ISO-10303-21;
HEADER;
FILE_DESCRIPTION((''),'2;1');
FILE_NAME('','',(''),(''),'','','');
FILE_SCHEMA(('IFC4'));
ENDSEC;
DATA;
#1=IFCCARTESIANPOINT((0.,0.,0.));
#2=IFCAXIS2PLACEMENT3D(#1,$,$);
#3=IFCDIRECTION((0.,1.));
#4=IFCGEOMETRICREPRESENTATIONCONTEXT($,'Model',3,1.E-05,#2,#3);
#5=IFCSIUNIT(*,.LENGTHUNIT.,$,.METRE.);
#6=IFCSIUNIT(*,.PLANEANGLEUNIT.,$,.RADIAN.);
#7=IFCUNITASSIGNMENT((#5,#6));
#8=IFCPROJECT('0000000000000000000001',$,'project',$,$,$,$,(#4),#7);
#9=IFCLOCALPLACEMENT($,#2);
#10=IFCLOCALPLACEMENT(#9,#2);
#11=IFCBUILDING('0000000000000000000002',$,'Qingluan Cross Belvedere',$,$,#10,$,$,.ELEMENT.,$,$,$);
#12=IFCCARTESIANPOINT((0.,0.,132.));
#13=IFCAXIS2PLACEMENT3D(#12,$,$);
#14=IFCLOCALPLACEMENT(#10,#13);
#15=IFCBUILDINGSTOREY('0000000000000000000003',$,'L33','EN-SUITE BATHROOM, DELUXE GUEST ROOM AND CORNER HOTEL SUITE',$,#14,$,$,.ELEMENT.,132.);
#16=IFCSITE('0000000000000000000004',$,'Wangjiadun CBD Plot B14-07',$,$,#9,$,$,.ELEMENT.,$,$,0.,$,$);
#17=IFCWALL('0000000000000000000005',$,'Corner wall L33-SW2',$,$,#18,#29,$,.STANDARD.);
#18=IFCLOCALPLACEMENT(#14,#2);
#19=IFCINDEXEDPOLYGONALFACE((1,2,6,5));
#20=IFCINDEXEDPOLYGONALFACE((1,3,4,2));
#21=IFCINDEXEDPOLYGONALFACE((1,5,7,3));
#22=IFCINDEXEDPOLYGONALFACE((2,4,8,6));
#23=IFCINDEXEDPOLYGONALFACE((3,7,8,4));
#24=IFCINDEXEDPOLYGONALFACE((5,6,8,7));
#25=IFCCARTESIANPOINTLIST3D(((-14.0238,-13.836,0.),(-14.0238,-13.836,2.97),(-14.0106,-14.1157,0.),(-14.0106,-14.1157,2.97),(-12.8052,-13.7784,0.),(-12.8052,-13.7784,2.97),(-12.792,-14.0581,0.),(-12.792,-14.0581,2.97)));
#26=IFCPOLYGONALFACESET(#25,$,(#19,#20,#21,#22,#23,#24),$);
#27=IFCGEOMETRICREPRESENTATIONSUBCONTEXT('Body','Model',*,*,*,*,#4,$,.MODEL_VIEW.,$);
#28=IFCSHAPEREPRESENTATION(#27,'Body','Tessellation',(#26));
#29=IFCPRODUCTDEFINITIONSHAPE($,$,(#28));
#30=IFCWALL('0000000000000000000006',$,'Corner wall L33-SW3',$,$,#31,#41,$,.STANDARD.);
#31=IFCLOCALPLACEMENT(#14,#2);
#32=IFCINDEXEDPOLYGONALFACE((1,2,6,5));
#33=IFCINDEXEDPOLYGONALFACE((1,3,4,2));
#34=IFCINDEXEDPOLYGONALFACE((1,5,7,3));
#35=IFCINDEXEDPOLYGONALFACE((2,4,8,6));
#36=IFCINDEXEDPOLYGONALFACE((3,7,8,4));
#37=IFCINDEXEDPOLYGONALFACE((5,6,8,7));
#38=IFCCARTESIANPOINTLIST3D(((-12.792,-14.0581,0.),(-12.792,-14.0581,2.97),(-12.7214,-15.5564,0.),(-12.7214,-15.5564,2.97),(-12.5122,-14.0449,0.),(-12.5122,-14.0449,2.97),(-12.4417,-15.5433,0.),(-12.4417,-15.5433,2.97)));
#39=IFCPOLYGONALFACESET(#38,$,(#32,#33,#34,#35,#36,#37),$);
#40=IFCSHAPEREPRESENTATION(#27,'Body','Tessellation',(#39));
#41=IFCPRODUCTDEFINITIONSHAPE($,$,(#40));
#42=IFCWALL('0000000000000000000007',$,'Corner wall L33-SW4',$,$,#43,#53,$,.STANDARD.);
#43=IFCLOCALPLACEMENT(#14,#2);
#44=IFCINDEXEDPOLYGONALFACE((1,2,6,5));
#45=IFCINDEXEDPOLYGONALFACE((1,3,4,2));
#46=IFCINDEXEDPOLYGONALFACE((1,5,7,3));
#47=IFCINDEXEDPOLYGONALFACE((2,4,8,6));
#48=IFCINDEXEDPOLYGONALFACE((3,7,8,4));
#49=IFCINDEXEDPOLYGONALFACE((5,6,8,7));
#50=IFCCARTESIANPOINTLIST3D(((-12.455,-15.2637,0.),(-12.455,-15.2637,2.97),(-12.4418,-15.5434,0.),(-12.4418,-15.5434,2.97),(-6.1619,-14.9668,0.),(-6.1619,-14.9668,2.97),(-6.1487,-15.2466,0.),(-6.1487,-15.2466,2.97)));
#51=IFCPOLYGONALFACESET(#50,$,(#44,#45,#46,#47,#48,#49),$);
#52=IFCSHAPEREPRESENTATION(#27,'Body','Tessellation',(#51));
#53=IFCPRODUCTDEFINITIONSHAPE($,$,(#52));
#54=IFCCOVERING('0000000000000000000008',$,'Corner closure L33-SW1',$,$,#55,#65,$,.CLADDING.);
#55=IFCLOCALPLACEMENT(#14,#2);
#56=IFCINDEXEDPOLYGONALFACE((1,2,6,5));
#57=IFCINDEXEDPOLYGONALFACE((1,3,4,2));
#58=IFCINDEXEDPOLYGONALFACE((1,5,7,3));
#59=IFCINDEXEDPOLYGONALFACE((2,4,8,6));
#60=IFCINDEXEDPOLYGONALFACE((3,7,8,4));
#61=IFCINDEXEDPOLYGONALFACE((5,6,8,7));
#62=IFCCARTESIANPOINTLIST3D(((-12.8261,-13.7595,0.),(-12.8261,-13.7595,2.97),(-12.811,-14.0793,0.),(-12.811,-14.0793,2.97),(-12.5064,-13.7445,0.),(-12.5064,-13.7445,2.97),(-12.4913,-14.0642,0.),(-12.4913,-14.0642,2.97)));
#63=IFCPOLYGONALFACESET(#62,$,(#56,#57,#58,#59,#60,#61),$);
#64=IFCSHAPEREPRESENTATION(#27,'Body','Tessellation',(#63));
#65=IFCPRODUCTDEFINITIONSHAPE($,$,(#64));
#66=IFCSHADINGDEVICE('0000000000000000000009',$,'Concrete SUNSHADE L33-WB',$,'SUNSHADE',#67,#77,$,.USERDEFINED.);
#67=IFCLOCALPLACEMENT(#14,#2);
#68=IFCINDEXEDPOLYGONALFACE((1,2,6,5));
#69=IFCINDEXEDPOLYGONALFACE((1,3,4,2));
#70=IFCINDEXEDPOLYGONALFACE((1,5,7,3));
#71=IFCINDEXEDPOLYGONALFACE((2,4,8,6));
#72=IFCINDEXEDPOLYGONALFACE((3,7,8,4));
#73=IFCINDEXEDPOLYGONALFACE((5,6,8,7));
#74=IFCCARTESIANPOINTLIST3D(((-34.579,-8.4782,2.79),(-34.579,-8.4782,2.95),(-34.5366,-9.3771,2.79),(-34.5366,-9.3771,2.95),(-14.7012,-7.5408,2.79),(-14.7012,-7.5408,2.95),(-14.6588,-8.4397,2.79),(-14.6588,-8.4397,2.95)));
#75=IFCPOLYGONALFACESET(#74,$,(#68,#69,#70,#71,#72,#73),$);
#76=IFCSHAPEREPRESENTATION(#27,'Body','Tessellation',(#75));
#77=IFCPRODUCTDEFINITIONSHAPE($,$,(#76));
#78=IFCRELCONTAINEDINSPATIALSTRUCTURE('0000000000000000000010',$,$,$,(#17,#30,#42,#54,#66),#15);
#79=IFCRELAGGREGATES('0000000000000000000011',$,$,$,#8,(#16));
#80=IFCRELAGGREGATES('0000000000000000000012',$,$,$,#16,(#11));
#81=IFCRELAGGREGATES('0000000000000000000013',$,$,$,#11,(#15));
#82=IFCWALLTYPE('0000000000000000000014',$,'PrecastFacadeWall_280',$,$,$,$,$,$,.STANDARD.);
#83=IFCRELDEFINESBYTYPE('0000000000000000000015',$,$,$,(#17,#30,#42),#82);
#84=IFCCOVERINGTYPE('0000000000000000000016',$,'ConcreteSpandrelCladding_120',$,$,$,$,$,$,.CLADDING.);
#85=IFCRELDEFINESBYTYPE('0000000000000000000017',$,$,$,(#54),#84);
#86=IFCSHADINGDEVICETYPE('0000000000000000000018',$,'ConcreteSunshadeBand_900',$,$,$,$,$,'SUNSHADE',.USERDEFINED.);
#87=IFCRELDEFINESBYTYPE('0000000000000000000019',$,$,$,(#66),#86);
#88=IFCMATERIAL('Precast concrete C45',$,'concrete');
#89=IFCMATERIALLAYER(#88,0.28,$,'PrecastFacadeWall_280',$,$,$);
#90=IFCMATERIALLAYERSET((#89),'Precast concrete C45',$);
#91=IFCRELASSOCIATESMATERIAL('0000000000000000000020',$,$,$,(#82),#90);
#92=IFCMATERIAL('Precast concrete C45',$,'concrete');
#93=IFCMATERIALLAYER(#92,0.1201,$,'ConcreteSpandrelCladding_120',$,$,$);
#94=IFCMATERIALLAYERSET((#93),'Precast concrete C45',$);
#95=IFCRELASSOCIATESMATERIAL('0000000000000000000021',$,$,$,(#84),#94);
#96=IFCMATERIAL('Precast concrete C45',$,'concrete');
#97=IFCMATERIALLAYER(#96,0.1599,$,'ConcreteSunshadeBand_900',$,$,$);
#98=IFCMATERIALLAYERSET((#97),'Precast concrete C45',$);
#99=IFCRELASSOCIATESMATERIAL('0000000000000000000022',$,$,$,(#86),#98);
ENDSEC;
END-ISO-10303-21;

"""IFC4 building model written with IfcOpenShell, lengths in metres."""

from ifc_helpers import new_model, si_unit, direction, frame, frame_2d, origin, origin_2d, place, context, subcontext, project, spatial, rectangle, extrude, material, layer, layer_set, type_object, element, save


model = new_model("IFC4")

# Units and contexts
model_context = context("Model", 3, precision=1e-05, world=origin(), true_north=direction((0.0, 1.0)))
body_context = subcontext(model_context, "Body", "Model", "MODEL_VIEW")
ifc_project = project(units=[si_unit("LENGTHUNIT", "METRE"), si_unit("PLANEANGLEUNIT", "RADIAN")], contexts=[model_context])

# Site, building, storey
site_placement = place(None, origin())
site = spatial("IfcSite", under=ifc_project, at=site_placement, Name="Wangjiadun CBD Plot B14-07", CompositionType="ELEMENT", RefElevation=0.0)
building_placement = place(site_placement, origin())
building = spatial("IfcBuilding", under=site, at=building_placement, Name="Qingluan Cross Belvedere", CompositionType="ELEMENT")
storey_placement = place(building_placement, frame((0.0, 0.0, 132.0)))
storey = spatial("IfcBuildingStorey", under=building, at=storey_placement, Name="L33", Description="EN-SUITE BATHROOM, DELUXE GUEST ROOM AND CORNER HOTEL SUITE", CompositionType="ELEMENT", Elevation=132.0)

# Shared definitions
ifc_material_1 = material(Name="Precast concrete C45", Category="concrete")
ifc_layer_1 = layer(ifc_material_1, 0.28, Name="PrecastFacadeWall_280")
ifc_layer_set_1 = layer_set([ifc_layer_1], Name="Precast concrete C45")
wall_type_1 = type_object("IfcWallType", Name="PrecastFacadeWall_280", PredefinedType="STANDARD", material=ifc_layer_set_1)

# Walls
wall_1_placement = place(storey_placement, frame((-14.0171, -13.9758, 0.0), z_axis=(0.0, 0.0, 1.0), x_axis=(0.998884, 0.047232, 0.0)))
element("IfcWall", 1, at=wall_1_placement, inside=storey, type_object=wall_type_1, Name="Corner wall L33-SW2", PredefinedType="STANDARD", context=body_context, shape_type="SweptSolid", body=[
    extrude(rectangle(XDim=1.22, YDim=0.28, at=frame_2d((0.6099, 0.0))), origin(), (0.0, 0.0, 1.0), 2.97),
])
wall_2_placement = place(storey_placement, frame((-12.6521, -14.0515, 0.0), z_axis=(0.0, 0.0, 1.0), x_axis=(0.047039, -0.998893, 0.0)))
element("IfcWall", 2, at=wall_2_placement, inside=storey, type_object=wall_type_1, Name="Corner wall L33-SW3", PredefinedType="STANDARD", context=body_context, shape_type="SweptSolid", body=[
    extrude(rectangle(XDim=1.5, YDim=0.28, at=frame_2d((0.75, 0.0))), origin(), (0.0, 0.0, 1.0), 2.97),
])
wall_3_placement = place(storey_placement, frame((-12.4482, -15.4036, 0.0), z_axis=(0.0, 0.0, 1.0), x_axis=(0.998889, 0.047123, 0.0)))
element("IfcWall", 3, at=wall_3_placement, inside=storey, type_object=wall_type_1, Name="Corner wall L33-SW4", PredefinedType="STANDARD", context=body_context, shape_type="SweptSolid", body=[
    extrude(rectangle(XDim=6.3, YDim=0.28, at=frame_2d((3.1499, 0.0))), origin(), (0.0, 0.0, 1.0), 2.97),
])

# Covering
ifc_material_2 = material(Name="Precast concrete C45", Category="concrete")
ifc_layer_2 = layer(ifc_material_2, 0.1201, Name="ConcreteSpandrelCladding_120")
ifc_layer_set_2 = layer_set([ifc_layer_2], Name="Precast concrete C45")
covering_type = type_object("IfcCoveringType", Name="ConcreteSpandrelCladding_120", PredefinedType="CLADDING", material=ifc_layer_set_2)
covering_placement = place(storey_placement, frame((-12.6587, -13.9119, 0.0), z_axis=(0.0, 0.0, 1.0), x_axis=(0.99889, 0.047106, 0.0)))
element("IfcCovering", 4, at=covering_placement, inside=storey, type_object=covering_type, Name="Corner closure L33-SW1", PredefinedType="CLADDING", context=body_context, shape_type="SweptSolid", body=[
    extrude(rectangle(XDim=0.3201, YDim=0.3201, at=origin_2d()), origin(), (0.0, 0.0, 1.0), 2.97),
])

# Shading device
ifc_material_3 = material(Name="Precast concrete C45", Category="concrete")
ifc_layer_3 = layer(ifc_material_3, 0.1599, Name="ConcreteSunshadeBand_900")
ifc_layer_set_3 = layer_set([ifc_layer_3], Name="Precast concrete C45")
shading_device_type = type_object("IfcShadingDeviceType", Name="ConcreteSunshadeBand_900", ElementType="SUNSHADE", PredefinedType="USERDEFINED", material=ifc_layer_set_3)
shading_device_placement = place(storey_placement, frame((-24.6189, -8.459, 2.79), z_axis=(0.0, 0.0, 1.0), x_axis=(0.99889, 0.047105, 0.0)))
element("IfcShadingDevice", 5, at=shading_device_placement, inside=storey, type_object=shading_device_type, Name="Concrete SUNSHADE L33-WB", ObjectType="SUNSHADE", PredefinedType="USERDEFINED", context=body_context, shape_type="SweptSolid", body=[
    extrude(rectangle(XDim=19.8999, YDim=0.8999, at=origin_2d()), origin(), (0.0, 0.0, 1.0), 0.1599),
])

save(model, "model.ifc")
